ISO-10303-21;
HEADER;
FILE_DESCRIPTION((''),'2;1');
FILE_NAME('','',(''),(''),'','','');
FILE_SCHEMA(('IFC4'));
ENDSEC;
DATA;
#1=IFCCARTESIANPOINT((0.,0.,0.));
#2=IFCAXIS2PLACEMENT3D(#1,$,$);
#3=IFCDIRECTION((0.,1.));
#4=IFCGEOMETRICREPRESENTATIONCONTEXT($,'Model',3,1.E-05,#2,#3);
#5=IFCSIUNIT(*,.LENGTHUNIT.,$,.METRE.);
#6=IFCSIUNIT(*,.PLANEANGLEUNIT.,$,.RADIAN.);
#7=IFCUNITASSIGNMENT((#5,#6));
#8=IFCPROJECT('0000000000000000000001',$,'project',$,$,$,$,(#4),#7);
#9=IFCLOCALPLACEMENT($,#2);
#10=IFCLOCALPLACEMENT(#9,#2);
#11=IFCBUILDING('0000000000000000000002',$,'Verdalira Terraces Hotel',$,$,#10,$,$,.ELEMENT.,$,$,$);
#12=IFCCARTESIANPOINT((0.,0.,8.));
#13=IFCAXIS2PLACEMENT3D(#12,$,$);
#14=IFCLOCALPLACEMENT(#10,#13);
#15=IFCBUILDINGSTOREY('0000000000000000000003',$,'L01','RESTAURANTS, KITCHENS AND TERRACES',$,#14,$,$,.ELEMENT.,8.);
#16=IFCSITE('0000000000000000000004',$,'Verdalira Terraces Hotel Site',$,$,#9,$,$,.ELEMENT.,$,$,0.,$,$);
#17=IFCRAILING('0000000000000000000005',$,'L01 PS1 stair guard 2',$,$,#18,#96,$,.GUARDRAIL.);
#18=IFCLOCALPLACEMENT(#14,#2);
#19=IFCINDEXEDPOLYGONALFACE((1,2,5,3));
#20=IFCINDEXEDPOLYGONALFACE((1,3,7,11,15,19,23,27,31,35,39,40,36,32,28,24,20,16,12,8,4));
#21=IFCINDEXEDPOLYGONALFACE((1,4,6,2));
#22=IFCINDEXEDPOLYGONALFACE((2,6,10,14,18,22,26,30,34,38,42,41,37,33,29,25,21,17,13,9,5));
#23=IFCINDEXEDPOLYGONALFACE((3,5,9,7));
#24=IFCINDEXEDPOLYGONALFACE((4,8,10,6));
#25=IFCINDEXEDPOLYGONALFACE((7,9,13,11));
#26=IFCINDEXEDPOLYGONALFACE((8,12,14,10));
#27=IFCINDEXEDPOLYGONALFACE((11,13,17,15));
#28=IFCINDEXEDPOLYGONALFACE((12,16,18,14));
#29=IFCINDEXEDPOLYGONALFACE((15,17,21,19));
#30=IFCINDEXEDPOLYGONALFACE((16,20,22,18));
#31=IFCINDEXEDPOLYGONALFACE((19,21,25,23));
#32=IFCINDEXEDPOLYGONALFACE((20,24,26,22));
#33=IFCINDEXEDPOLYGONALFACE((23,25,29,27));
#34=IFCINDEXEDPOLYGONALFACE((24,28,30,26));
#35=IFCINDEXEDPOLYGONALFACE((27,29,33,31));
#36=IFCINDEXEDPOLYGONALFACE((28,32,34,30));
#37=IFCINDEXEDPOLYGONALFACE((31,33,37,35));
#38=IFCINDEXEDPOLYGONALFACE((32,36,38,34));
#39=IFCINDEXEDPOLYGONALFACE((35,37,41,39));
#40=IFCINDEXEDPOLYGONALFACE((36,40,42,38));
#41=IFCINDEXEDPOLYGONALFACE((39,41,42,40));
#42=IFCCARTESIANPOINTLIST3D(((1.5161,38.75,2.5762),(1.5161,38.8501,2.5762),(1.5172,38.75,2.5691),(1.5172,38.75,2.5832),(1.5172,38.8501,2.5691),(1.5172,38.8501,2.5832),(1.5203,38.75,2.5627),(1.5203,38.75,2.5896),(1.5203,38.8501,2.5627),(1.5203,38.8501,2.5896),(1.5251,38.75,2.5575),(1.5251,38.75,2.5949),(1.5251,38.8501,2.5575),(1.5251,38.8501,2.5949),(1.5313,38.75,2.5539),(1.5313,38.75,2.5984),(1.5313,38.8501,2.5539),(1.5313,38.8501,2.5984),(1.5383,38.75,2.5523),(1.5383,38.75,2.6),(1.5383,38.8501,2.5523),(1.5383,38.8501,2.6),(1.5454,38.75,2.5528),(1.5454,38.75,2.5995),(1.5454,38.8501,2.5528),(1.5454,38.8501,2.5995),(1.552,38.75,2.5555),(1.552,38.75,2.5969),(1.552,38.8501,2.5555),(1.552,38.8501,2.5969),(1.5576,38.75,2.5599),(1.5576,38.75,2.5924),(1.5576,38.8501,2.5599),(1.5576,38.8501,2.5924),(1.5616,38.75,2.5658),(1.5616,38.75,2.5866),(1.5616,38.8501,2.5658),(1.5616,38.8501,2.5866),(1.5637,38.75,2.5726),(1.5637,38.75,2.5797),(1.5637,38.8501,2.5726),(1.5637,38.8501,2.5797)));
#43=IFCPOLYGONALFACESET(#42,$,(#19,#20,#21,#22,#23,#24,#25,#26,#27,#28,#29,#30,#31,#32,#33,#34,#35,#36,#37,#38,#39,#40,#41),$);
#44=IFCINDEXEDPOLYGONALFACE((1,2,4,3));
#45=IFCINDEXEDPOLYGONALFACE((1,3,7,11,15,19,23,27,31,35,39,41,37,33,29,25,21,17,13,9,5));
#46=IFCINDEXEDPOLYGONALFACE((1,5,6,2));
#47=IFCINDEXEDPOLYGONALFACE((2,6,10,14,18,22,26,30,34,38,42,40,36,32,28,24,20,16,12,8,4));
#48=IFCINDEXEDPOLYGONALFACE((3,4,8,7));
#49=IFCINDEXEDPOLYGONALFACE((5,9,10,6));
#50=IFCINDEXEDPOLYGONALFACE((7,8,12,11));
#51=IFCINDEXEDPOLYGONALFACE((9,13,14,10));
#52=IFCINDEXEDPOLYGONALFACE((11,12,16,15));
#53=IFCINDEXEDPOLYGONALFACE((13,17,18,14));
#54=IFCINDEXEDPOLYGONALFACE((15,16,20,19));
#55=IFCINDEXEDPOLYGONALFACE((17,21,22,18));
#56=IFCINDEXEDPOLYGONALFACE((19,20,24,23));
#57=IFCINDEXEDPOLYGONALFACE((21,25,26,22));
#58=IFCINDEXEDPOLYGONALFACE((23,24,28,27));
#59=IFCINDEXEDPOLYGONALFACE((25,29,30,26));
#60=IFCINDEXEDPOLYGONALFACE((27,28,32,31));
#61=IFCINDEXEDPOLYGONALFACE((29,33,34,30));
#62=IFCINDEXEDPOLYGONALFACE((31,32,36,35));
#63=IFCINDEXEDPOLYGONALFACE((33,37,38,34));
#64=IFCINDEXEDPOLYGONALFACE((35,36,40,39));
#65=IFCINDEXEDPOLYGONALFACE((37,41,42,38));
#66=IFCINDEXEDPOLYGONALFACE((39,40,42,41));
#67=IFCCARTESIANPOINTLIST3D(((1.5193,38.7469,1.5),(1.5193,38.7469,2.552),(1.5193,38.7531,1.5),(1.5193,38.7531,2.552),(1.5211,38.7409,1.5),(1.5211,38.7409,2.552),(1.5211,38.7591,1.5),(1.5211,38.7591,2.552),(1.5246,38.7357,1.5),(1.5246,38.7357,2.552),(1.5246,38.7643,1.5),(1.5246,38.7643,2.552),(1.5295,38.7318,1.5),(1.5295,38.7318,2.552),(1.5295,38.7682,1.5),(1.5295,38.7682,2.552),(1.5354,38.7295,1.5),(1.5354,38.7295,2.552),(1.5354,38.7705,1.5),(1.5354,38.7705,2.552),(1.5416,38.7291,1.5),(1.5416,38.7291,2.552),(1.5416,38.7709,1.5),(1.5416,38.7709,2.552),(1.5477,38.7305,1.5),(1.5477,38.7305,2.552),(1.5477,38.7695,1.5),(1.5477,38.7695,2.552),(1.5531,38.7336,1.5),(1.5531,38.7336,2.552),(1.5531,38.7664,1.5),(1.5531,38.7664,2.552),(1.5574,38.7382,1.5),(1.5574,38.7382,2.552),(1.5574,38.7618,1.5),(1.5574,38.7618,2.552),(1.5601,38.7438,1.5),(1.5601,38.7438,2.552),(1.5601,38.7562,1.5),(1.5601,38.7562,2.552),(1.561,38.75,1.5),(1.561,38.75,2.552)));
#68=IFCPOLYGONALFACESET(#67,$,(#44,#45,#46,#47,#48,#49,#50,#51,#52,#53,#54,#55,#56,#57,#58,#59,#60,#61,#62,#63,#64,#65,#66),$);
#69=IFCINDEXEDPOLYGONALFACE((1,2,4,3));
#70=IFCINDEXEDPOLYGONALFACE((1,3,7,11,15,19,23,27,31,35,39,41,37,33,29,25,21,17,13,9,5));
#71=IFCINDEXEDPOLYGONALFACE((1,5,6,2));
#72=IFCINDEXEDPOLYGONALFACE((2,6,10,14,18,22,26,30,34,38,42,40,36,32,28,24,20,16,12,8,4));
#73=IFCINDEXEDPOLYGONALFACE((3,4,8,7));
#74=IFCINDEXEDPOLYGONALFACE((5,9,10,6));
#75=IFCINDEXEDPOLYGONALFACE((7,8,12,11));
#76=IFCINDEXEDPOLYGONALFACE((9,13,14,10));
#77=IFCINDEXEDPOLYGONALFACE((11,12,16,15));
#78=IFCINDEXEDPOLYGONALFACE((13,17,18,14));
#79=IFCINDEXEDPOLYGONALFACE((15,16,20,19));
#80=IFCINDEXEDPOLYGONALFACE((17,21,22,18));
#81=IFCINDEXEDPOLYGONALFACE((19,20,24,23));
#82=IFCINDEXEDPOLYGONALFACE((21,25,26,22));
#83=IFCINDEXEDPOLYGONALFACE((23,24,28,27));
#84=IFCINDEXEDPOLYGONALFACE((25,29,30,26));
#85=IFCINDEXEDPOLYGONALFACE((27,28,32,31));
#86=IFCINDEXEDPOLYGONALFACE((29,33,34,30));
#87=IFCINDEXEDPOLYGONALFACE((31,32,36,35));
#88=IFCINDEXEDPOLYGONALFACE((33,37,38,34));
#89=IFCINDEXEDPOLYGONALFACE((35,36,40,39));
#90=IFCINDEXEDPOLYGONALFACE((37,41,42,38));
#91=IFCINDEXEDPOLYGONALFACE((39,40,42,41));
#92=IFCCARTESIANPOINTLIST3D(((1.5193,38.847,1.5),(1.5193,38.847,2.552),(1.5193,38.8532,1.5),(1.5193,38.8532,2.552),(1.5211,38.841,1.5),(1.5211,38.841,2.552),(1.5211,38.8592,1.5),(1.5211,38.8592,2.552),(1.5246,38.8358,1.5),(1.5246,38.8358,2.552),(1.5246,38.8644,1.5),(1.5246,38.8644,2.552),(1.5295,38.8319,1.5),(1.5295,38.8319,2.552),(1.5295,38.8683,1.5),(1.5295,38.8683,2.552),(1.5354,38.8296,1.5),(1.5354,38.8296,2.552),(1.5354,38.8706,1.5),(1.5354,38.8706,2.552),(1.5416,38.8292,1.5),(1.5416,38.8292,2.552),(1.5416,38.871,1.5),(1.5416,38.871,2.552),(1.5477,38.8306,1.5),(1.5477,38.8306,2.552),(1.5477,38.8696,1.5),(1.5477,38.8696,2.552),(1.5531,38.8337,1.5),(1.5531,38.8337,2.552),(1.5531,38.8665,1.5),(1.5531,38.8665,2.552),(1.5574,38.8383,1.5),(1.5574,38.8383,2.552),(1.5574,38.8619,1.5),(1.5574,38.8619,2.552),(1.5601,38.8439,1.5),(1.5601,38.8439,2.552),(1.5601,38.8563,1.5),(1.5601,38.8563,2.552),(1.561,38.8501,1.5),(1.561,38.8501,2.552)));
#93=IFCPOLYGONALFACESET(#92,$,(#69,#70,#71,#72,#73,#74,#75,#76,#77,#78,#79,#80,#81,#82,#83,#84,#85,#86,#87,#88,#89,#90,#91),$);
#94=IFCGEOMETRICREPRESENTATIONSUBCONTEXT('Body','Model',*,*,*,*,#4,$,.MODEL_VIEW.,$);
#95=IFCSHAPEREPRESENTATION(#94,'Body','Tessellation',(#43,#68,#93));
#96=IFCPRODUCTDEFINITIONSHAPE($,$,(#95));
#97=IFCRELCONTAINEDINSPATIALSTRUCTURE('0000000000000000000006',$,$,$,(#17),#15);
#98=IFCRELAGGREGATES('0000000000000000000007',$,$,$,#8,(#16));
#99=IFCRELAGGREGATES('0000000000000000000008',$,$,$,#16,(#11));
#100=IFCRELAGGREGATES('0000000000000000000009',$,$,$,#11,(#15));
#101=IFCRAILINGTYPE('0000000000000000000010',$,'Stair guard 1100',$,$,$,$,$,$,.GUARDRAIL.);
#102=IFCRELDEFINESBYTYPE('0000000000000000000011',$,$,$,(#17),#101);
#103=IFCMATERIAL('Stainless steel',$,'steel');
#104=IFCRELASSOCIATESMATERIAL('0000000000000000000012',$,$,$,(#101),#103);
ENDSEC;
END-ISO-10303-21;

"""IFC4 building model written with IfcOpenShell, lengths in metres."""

from ifc_helpers import new_model, si_unit, direction, frame, origin, origin_2d, place, context, subcontext, project, spatial, circle, extrude, material, type_object, element, save


model = new_model("IFC4")

# Units and contexts
model_context = context("Model", 3, precision=1e-05, world=origin(), true_north=direction((0.0, 1.0)))
body_context = subcontext(model_context, "Body", "Model", "MODEL_VIEW")
ifc_project = project(units=[si_unit("LENGTHUNIT", "METRE"), si_unit("PLANEANGLEUNIT", "RADIAN")], contexts=[model_context])

# Site, building, storey
site_placement = place(None, origin())
site = spatial("IfcSite", under=ifc_project, at=site_placement, Name="Verdalira Terraces Hotel Site", CompositionType="ELEMENT", RefElevation=0.0)
building_placement = place(site_placement, origin())
building = spatial("IfcBuilding", under=site, at=building_placement, Name="Verdalira Terraces Hotel", CompositionType="ELEMENT")
storey_placement = place(building_placement, frame((0.0, 0.0, 8.0)))
storey = spatial("IfcBuildingStorey", under=building, at=storey_placement, Name="L01", Description="RESTAURANTS, KITCHENS AND TERRACES", CompositionType="ELEMENT", Elevation=8.0)

# Railing
ifc_material_1 = material(Name="Stainless steel", Category="steel")
railing_type_1 = type_object("IfcRailingType", Name="Stair guard 1100", PredefinedType="GUARDRAIL", material=ifc_material_1)
railing_1_placement = place(storey_placement, frame((1.54, 38.75, 1.5)))
element("IfcRailing", 1, at=railing_1_placement, inside=storey, type_object=railing_type_1, Name="L01 PS1 stair guard 2", PredefinedType="GUARDRAIL", context=body_context, shape_type="SweptSolid", body=[
    extrude(circle(Radius=0.0239, at=origin_2d()), frame((0.0, 0.0, 1.0762), z_axis=(0.0, 1.0, 0.0), x_axis=(-1.0, 0.0, 0.0)), (0.0, 0.0, 1.0), 0.1001),
    extrude(circle(Radius=0.021, at=origin_2d()), origin(), (0.0, 0.0, 1.0), 1.052),
    extrude(circle(Radius=0.021, at=origin_2d()), frame((0.0, 0.1001, 0.0)), (0.0, 0.0, 1.0), 1.052),
])

save(model, "model.ifc")
